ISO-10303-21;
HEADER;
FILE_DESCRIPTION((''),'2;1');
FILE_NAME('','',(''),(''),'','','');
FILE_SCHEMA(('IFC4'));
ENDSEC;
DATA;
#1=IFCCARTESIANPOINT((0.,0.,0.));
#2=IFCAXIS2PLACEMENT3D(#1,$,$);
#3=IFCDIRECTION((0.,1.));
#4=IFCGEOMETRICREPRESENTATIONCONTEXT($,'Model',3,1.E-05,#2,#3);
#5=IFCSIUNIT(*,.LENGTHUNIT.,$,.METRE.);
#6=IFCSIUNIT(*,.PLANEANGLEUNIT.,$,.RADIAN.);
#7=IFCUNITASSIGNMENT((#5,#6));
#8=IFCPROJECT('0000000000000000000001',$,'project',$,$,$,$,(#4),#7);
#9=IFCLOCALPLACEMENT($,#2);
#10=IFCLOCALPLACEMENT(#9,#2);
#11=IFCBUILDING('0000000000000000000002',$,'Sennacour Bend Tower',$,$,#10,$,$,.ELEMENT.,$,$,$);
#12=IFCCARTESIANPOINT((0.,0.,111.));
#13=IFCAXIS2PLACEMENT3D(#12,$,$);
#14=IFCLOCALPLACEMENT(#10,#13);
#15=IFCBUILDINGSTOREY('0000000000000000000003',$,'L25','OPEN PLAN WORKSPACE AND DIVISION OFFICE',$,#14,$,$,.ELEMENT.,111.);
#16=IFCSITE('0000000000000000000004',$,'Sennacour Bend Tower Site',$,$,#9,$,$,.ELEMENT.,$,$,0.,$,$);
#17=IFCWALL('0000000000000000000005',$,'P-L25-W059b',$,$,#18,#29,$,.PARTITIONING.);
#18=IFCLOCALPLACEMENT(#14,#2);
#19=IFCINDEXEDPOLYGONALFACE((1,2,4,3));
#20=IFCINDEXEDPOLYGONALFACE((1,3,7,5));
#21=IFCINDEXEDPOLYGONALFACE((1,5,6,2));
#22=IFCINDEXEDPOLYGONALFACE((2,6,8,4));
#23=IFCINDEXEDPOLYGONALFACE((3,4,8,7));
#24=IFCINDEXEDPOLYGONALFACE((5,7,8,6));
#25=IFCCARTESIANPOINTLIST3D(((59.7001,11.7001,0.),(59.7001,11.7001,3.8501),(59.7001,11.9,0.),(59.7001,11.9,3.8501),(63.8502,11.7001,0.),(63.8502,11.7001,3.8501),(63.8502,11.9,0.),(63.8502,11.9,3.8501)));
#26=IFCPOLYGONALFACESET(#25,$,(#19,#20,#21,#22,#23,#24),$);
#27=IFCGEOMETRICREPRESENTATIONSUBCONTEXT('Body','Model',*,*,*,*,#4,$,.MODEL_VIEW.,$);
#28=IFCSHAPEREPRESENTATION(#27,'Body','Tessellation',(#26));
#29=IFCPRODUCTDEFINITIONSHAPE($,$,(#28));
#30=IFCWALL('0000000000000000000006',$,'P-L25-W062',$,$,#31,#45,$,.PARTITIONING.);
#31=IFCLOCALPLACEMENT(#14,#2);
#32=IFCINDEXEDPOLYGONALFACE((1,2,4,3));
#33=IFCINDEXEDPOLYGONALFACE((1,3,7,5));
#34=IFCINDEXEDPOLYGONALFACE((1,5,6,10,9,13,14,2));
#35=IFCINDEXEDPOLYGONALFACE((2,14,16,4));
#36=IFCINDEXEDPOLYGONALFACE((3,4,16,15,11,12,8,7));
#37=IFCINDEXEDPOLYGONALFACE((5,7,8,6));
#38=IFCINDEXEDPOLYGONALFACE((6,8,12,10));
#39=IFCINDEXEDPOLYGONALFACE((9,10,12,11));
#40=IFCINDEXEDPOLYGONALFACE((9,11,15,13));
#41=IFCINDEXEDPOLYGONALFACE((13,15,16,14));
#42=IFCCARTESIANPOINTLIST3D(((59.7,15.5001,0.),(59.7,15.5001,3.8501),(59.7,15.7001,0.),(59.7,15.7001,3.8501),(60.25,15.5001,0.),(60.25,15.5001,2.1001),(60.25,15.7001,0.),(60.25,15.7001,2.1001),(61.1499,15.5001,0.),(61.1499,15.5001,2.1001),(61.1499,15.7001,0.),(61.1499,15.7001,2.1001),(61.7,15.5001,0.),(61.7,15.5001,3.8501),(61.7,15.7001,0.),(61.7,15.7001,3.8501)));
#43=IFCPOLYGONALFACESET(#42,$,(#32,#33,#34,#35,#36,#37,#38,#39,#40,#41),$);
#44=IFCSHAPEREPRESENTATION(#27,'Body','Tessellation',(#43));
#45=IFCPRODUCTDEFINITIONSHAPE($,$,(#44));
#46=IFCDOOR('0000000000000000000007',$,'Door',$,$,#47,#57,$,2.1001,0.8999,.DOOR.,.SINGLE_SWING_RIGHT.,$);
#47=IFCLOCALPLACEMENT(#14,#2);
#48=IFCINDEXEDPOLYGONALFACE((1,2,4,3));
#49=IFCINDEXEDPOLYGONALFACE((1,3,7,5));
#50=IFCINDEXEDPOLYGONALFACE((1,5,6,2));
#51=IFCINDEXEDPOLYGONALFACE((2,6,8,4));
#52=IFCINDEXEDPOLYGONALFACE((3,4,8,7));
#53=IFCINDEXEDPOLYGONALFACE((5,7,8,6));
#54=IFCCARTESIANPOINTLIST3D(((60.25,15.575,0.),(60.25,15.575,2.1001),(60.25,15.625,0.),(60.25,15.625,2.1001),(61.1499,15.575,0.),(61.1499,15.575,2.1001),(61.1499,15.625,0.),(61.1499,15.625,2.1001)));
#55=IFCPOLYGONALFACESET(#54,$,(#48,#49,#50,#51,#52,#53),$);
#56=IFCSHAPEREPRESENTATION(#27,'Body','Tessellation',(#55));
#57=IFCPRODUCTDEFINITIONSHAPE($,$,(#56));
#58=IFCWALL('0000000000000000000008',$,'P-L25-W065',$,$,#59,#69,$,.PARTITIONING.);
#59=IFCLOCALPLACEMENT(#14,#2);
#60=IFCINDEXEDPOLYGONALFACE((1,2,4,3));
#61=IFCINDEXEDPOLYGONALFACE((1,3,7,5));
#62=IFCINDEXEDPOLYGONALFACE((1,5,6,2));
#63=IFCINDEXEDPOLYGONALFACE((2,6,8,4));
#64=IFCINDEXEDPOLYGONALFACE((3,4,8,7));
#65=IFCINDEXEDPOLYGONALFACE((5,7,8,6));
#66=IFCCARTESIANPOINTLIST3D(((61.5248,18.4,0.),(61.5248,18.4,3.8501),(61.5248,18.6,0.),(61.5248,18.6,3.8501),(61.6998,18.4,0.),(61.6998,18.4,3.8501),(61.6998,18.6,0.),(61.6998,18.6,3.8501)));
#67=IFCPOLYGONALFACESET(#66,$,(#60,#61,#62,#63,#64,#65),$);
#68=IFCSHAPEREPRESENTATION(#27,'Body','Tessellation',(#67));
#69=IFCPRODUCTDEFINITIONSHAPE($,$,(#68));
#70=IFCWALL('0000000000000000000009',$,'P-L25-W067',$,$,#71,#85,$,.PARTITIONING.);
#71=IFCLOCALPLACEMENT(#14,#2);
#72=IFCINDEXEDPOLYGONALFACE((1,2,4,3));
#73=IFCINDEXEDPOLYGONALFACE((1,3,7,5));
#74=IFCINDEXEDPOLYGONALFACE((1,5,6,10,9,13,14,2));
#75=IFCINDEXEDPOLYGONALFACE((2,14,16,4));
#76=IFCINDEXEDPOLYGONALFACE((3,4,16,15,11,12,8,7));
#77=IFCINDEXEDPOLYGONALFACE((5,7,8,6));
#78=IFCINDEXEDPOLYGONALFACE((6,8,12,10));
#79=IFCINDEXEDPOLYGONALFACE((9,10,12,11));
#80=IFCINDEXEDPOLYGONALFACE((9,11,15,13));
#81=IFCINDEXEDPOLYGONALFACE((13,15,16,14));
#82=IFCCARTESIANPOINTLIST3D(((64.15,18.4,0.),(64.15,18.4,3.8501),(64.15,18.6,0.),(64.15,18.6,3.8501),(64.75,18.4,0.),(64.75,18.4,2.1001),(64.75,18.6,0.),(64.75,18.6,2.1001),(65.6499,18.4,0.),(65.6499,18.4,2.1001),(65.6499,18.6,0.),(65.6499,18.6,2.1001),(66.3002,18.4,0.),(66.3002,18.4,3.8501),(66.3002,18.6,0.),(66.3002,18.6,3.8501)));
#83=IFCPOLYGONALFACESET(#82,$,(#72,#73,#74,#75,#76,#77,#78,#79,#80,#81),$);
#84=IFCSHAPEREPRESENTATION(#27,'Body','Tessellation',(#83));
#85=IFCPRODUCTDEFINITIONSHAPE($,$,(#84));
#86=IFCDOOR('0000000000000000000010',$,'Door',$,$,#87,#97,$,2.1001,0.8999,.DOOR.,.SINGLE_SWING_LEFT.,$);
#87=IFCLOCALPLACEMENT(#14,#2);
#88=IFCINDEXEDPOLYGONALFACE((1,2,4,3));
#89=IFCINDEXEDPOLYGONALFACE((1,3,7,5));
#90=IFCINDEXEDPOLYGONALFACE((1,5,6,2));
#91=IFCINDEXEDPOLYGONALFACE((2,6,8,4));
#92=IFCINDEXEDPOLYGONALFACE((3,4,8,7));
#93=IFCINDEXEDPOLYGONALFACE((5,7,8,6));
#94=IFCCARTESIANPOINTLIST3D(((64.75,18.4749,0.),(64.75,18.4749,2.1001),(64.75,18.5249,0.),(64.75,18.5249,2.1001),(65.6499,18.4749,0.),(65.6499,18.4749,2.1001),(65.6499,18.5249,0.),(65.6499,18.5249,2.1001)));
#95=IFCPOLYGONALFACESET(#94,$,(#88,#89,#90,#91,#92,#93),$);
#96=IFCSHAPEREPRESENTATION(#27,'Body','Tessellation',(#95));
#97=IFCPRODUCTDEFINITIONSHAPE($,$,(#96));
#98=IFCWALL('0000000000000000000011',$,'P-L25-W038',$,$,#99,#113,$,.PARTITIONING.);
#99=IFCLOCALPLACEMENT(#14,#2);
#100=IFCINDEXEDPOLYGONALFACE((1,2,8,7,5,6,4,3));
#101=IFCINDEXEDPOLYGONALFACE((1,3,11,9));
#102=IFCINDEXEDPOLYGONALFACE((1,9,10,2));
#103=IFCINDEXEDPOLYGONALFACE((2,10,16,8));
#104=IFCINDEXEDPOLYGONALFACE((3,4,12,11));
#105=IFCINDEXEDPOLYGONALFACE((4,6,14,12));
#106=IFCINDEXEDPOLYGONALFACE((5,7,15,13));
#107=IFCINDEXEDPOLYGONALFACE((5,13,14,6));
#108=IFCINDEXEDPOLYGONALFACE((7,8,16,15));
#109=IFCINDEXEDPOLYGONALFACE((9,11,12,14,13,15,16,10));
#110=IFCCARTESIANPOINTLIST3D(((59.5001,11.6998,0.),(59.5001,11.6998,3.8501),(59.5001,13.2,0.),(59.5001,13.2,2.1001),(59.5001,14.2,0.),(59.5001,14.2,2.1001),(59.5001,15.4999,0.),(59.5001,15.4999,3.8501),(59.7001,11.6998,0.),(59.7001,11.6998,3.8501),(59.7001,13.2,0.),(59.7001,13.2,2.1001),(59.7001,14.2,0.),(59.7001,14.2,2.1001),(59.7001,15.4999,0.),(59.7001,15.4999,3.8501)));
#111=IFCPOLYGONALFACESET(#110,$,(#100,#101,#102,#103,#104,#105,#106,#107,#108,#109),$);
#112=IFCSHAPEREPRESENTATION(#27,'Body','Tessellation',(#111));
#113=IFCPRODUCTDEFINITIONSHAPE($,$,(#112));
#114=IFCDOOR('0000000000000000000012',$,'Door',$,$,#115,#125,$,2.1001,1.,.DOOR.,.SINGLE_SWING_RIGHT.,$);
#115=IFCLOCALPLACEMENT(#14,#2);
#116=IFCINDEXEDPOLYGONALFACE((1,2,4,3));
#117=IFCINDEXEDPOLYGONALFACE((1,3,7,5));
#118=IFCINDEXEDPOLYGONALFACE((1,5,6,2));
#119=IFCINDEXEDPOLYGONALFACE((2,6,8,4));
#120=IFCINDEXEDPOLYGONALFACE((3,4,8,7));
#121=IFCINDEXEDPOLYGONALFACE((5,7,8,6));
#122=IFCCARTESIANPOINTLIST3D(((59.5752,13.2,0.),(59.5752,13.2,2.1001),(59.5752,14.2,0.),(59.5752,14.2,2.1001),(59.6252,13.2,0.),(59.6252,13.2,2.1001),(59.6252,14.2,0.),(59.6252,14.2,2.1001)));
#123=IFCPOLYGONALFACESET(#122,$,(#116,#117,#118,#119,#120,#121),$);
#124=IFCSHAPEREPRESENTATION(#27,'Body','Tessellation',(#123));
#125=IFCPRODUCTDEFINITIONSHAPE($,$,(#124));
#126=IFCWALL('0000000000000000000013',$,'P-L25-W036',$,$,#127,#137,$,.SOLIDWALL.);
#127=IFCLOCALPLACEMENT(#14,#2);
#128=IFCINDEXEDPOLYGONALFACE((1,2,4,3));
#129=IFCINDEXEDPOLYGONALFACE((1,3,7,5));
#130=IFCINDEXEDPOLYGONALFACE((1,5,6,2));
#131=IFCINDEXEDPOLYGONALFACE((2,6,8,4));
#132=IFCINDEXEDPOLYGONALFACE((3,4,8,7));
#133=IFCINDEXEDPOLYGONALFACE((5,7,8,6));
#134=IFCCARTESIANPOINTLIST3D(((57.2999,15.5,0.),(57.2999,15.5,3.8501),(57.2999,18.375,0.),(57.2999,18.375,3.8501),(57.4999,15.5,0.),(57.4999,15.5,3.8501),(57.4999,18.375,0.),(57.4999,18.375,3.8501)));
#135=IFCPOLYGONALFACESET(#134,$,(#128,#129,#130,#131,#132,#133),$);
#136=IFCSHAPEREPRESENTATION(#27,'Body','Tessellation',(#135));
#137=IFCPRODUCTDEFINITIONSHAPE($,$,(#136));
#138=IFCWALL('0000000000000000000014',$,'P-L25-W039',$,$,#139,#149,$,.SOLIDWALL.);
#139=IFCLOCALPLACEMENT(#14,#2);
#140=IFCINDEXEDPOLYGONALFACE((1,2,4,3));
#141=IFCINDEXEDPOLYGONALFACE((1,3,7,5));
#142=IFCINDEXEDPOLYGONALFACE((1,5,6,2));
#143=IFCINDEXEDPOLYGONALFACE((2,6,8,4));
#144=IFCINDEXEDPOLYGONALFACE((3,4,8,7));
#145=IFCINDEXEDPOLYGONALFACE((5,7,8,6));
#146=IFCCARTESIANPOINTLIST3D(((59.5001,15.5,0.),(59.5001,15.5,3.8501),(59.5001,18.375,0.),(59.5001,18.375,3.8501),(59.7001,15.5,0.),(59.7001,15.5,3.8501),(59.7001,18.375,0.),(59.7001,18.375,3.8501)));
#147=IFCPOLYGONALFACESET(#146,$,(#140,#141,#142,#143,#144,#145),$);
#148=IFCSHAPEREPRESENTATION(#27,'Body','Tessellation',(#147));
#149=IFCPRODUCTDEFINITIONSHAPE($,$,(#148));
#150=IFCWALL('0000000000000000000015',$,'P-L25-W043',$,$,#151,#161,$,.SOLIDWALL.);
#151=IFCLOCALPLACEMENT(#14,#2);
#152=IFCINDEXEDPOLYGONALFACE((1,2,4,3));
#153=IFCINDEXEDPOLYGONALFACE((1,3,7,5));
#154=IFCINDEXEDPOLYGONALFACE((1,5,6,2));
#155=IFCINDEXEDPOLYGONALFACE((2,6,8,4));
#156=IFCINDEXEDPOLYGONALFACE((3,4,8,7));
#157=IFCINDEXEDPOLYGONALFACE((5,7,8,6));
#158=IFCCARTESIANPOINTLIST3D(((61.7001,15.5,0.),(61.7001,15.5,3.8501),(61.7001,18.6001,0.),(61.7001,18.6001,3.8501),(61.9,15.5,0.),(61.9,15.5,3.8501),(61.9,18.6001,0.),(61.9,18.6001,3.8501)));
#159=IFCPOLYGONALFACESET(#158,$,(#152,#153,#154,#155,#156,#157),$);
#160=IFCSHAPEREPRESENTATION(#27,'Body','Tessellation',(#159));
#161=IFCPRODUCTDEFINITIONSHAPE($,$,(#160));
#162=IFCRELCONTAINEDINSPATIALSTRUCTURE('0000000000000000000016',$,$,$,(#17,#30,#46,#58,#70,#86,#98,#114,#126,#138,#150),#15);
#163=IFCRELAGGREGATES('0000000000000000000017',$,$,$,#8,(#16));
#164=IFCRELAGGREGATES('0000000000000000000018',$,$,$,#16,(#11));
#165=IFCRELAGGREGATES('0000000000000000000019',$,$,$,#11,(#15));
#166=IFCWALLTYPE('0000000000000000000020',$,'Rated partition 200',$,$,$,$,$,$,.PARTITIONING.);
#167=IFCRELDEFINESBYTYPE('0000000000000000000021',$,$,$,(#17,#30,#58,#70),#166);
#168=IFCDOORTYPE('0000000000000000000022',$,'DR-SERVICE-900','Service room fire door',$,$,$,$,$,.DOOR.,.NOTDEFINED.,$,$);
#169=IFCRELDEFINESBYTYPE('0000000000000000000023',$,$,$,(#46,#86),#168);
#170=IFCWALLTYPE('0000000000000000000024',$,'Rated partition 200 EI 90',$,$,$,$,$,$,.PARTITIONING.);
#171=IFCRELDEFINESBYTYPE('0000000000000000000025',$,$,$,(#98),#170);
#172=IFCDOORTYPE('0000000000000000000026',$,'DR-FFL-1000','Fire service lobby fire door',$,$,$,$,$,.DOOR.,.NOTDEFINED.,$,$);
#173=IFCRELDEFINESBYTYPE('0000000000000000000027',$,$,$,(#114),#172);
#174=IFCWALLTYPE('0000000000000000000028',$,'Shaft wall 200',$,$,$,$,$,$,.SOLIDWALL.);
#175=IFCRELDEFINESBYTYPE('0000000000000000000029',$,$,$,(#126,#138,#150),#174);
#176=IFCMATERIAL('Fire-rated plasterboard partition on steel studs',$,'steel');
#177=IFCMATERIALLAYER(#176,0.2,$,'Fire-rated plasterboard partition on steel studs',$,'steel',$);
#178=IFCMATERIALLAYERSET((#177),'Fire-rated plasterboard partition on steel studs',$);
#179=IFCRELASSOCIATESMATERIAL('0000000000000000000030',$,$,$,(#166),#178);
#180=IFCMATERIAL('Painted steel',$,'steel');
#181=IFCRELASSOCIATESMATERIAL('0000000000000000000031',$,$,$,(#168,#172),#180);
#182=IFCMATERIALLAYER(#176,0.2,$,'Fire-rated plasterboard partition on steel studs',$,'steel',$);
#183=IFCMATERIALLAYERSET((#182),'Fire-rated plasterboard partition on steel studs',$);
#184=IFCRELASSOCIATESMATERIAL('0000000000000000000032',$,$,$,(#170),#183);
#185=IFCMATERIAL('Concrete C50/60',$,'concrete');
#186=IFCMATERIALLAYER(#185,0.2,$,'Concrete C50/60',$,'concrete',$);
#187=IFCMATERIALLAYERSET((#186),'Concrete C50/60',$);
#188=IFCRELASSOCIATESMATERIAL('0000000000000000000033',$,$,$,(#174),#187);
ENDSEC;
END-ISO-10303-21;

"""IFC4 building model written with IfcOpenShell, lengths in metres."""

from ifc_helpers import new_model, si_unit, direction, frame, frame_2d, origin, place, context, subcontext, project, spatial, rectangle, extrude, material, layer, layer_set, type_object, element, fill, save


model = new_model("IFC4")

# Units and contexts
model_context = context("Model", 3, precision=1e-05, world=origin(), true_north=direction((0.0, 1.0)))
body_context = subcontext(model_context, "Body", "Model", "MODEL_VIEW")
ifc_project = project(units=[si_unit("LENGTHUNIT", "METRE"), si_unit("PLANEANGLEUNIT", "RADIAN")], contexts=[model_context])

# Site, building, storey
site_placement = place(None, origin())
site = spatial("IfcSite", under=ifc_project, at=site_placement, Name="Sennacour Bend Tower Site", CompositionType="ELEMENT", RefElevation=0.0)
building_placement = place(site_placement, origin())
building = spatial("IfcBuilding", under=site, at=building_placement, Name="Sennacour Bend Tower", CompositionType="ELEMENT")
storey_placement = place(building_placement, frame((0.0, 0.0, 111.0)))
storey = spatial("IfcBuildingStorey", under=building, at=storey_placement, Name="L25", Description="OPEN PLAN WORKSPACE AND DIVISION OFFICE", CompositionType="ELEMENT", Elevation=111.0)

# Wall
ifc_material_1 = material(Name="Fire-rated plasterboard partition on steel studs", Category="steel")
ifc_layer_1 = layer(ifc_material_1, 0.2, Name="Fire-rated plasterboard partition on steel studs", Category="steel")
ifc_layer_set_1 = layer_set([ifc_layer_1], Name="Fire-rated plasterboard partition on steel studs")
wall_type_1 = type_object("IfcWallType", Name="Rated partition 200", PredefinedType="PARTITIONING", material=ifc_layer_set_1)
wall_1_placement = place(storey_placement, frame((59.7, 11.8, 0.0), z_axis=(0.0, 0.0, 1.0), x_axis=(1.0, 0.0, 0.0)))
element("IfcWall", 1, at=wall_1_placement, inside=storey, type_object=wall_type_1, Name="P-L25-W059b", PredefinedType="PARTITIONING", context=body_context, shape_type="SweptSolid", body=[
    extrude(rectangle(XDim=4.1501, YDim=0.2, at=frame_2d((2.0752, 0.0))), origin(), (0.0, 0.0, 1.0), 3.8501),
])

# Wall, opening, door
wall_2_placement = place(storey_placement, frame((59.7, 15.6001, 0.0), z_axis=(0.0, 0.0, 1.0), x_axis=(1.0, 0.0, 0.0)))
wall_2 = element("IfcWall", 2, at=wall_2_placement, inside=storey, type_object=wall_type_1, Name="P-L25-W062", PredefinedType="PARTITIONING", context=body_context, shape_type="SweptSolid", body=[
    extrude(rectangle(XDim=2.0, YDim=0.2, at=frame_2d((1.0, 0.0))), origin(), (0.0, 0.0, 1.0), 3.8501),
])
opening_1_placement = place(wall_2_placement, frame((0.55, 0.0, 0.0)))
opening_1 = element("IfcOpeningElement", 3, at=opening_1_placement, cuts=wall_2, PredefinedType="OPENING", context=body_context, shape_type="SweptSolid", body=[
    extrude(rectangle(XDim=0.8999, YDim=2.1001, at=frame_2d((0.45, 1.05))), frame((0.0, 0.1099, 0.0), z_axis=(0.0, -1.0, 0.0), x_axis=(1.0, 0.0, 0.0)), (0.0, 0.0, 1.0), 0.22),
])
ifc_material_2 = material(Name="Painted steel", Category="steel")
door_type_1 = type_object("IfcDoorType", Name="DR-SERVICE-900", Description="Service room fire door", OperationType="NOTDEFINED", PredefinedType="DOOR", material=ifc_material_2)
door_1_placement = place(opening_1_placement, origin())
door_1 = element("IfcDoor", 4, at=door_1_placement, inside=storey, type_object=door_type_1, Name="Door", OperationType="SINGLE_SWING_RIGHT", OverallHeight=2.1001, OverallWidth=0.8999, PredefinedType="DOOR", context=body_context, shape_type="SweptSolid", body=[
    extrude(rectangle(XDim=0.8999, YDim=2.1001, at=frame_2d((0.45, 1.05))), frame((0.0, 0.0249, 0.0), z_axis=(0.0, -1.0, 0.0), x_axis=(1.0, 0.0, 0.0)), (0.0, 0.0, 1.0), 0.05),
])
fill(opening_1, door_1)

# Wall
wall_3_placement = place(storey_placement, frame((61.5249, 18.5, 0.0), z_axis=(0.0, 0.0, 1.0), x_axis=(1.0, 0.0, 0.0)))
element("IfcWall", 5, at=wall_3_placement, inside=storey, type_object=wall_type_1, Name="P-L25-W065", PredefinedType="PARTITIONING", context=body_context, shape_type="SweptSolid", body=[
    extrude(rectangle(XDim=0.175, YDim=0.2, at=frame_2d((0.0874, 0.0))), origin(), (0.0, 0.0, 1.0), 3.8501),
])

# Walls, openings, doors
wall_4_placement = place(storey_placement, frame((64.1499, 18.5, 0.0), z_axis=(0.0, 0.0, 1.0), x_axis=(1.0, 0.0, 0.0)))
wall_4 = element("IfcWall", 6, at=wall_4_placement, inside=storey, type_object=wall_type_1, Name="P-L25-W067", PredefinedType="PARTITIONING", context=body_context, shape_type="SweptSolid", body=[
    extrude(rectangle(XDim=2.1501, YDim=0.2, at=frame_2d((1.0752, 0.0))), origin(), (0.0, 0.0, 1.0), 3.8501),
])
opening_2_placement = place(wall_4_placement, frame((0.6001, 0.0, 0.0)))
opening_2 = element("IfcOpeningElement", 7, at=opening_2_placement, cuts=wall_4, PredefinedType="OPENING", context=body_context, shape_type="SweptSolid", body=[
    extrude(rectangle(XDim=0.8999, YDim=2.1001, at=frame_2d((0.45, 1.05))), frame((0.0, 0.1099, 0.0), z_axis=(0.0, -1.0, 0.0), x_axis=(1.0, 0.0, 0.0)), (0.0, 0.0, 1.0), 0.22),
])
door_2_placement = place(opening_2_placement, origin())
door_2 = element("IfcDoor", 8, at=door_2_placement, inside=storey, type_object=door_type_1, Name="Door", OperationType="SINGLE_SWING_LEFT", OverallHeight=2.1001, OverallWidth=0.8999, PredefinedType="DOOR", context=body_context, shape_type="SweptSolid", body=[
    extrude(rectangle(XDim=0.8999, YDim=2.1001, at=frame_2d((0.45, 1.05))), frame((0.0, 0.0249, 0.0), z_axis=(0.0, -1.0, 0.0), x_axis=(1.0, 0.0, 0.0)), (0.0, 0.0, 1.0), 0.05),
])
fill(opening_2, door_2)
ifc_layer_2 = layer(ifc_material_1, 0.2, Name="Fire-rated plasterboard partition on steel studs", Category="steel")
ifc_layer_set_2 = layer_set([ifc_layer_2], Name="Fire-rated plasterboard partition on steel studs")
wall_type_2 = type_object("IfcWallType", Name="Rated partition 200 EI 90", PredefinedType="PARTITIONING", material=ifc_layer_set_2)
wall_5_placement = place(storey_placement, frame((59.6001, 11.7, 0.0), z_axis=(0.0, 0.0, 1.0), x_axis=(0.0, 1.0, 0.0)))
wall_5 = element("IfcWall", 9, at=wall_5_placement, inside=storey, type_object=wall_type_2, Name="P-L25-W038", PredefinedType="PARTITIONING", context=body_context, shape_type="SweptSolid", body=[
    extrude(rectangle(XDim=3.8, YDim=0.2, at=frame_2d((1.8999, 0.0))), origin(), (0.0, 0.0, 1.0), 3.8501),
])
opening_3_placement = place(wall_5_placement, frame((1.5, 0.0, 0.0)))
opening_3 = element("IfcOpeningElement", 10, at=opening_3_placement, cuts=wall_5, PredefinedType="OPENING", context=body_context, shape_type="SweptSolid", body=[
    extrude(rectangle(XDim=1.0, YDim=2.1001, at=frame_2d((0.5, 1.05))), frame((0.0, 0.1099, 0.0), z_axis=(0.0, -1.0, 0.0), x_axis=(1.0, 0.0, 0.0)), (0.0, 0.0, 1.0), 0.22),
])
door_type_2 = type_object("IfcDoorType", Name="DR-FFL-1000", Description="Fire service lobby fire door", OperationType="NOTDEFINED", PredefinedType="DOOR", material=ifc_material_2)
door_3_placement = place(opening_3_placement, origin())
door_3 = element("IfcDoor", 11, at=door_3_placement, inside=storey, type_object=door_type_2, Name="Door", OperationType="SINGLE_SWING_RIGHT", OverallHeight=2.1001, OverallWidth=1.0, PredefinedType="DOOR", context=body_context, shape_type="SweptSolid", body=[
    extrude(rectangle(XDim=1.0, YDim=2.1001, at=frame_2d((0.5, 1.05))), frame((0.0, 0.0249, 0.0), z_axis=(0.0, -1.0, 0.0), x_axis=(1.0, 0.0, 0.0)), (0.0, 0.0, 1.0), 0.05),
])
fill(opening_3, door_3)

# Walls
ifc_material_3 = material(Name="Concrete C50/60", Category="concrete")
ifc_layer_3 = layer(ifc_material_3, 0.2, Name="Concrete C50/60", Category="concrete")
ifc_layer_set_3 = layer_set([ifc_layer_3], Name="Concrete C50/60")
wall_type_3 = type_object("IfcWallType", Name="Shaft wall 200", PredefinedType="SOLIDWALL", material=ifc_layer_set_3)
for number, where, z_axis, x_axis, name in (
    (12, (57.3999, 15.5, 0.0), (0.0, 0.0, 1.0), (0.0, 1.0, 0.0), "P-L25-W036"),
    (13, (59.6001, 15.5, 0.0), (0.0, 0.0, 1.0), (0.0, 1.0, 0.0), "P-L25-W039"),
):
    element("IfcWall", number, at=place(storey_placement, frame(where, z_axis=z_axis, x_axis=x_axis)), inside=storey, type_object=wall_type_3, Name=name, PredefinedType="SOLIDWALL", context=body_context, shape_type="SweptSolid", body=[
        extrude(rectangle(XDim=2.875, YDim=0.2, at=frame_2d((1.4375, 0.0))), origin(), (0.0, 0.0, 1.0), 3.8501),
    ])
wall_6_placement = place(storey_placement, frame((61.8, 15.5, 0.0), z_axis=(0.0, 0.0, 1.0), x_axis=(0.0, 1.0, 0.0)))
element("IfcWall", 14, at=wall_6_placement, inside=storey, type_object=wall_type_3, Name="P-L25-W043", PredefinedType="SOLIDWALL", context=body_context, shape_type="SweptSolid", body=[
    extrude(rectangle(XDim=3.1001, YDim=0.2, at=frame_2d((1.55, 0.0))), origin(), (0.0, 0.0, 1.0), 3.8501),
])

save(model, "model.ifc")
